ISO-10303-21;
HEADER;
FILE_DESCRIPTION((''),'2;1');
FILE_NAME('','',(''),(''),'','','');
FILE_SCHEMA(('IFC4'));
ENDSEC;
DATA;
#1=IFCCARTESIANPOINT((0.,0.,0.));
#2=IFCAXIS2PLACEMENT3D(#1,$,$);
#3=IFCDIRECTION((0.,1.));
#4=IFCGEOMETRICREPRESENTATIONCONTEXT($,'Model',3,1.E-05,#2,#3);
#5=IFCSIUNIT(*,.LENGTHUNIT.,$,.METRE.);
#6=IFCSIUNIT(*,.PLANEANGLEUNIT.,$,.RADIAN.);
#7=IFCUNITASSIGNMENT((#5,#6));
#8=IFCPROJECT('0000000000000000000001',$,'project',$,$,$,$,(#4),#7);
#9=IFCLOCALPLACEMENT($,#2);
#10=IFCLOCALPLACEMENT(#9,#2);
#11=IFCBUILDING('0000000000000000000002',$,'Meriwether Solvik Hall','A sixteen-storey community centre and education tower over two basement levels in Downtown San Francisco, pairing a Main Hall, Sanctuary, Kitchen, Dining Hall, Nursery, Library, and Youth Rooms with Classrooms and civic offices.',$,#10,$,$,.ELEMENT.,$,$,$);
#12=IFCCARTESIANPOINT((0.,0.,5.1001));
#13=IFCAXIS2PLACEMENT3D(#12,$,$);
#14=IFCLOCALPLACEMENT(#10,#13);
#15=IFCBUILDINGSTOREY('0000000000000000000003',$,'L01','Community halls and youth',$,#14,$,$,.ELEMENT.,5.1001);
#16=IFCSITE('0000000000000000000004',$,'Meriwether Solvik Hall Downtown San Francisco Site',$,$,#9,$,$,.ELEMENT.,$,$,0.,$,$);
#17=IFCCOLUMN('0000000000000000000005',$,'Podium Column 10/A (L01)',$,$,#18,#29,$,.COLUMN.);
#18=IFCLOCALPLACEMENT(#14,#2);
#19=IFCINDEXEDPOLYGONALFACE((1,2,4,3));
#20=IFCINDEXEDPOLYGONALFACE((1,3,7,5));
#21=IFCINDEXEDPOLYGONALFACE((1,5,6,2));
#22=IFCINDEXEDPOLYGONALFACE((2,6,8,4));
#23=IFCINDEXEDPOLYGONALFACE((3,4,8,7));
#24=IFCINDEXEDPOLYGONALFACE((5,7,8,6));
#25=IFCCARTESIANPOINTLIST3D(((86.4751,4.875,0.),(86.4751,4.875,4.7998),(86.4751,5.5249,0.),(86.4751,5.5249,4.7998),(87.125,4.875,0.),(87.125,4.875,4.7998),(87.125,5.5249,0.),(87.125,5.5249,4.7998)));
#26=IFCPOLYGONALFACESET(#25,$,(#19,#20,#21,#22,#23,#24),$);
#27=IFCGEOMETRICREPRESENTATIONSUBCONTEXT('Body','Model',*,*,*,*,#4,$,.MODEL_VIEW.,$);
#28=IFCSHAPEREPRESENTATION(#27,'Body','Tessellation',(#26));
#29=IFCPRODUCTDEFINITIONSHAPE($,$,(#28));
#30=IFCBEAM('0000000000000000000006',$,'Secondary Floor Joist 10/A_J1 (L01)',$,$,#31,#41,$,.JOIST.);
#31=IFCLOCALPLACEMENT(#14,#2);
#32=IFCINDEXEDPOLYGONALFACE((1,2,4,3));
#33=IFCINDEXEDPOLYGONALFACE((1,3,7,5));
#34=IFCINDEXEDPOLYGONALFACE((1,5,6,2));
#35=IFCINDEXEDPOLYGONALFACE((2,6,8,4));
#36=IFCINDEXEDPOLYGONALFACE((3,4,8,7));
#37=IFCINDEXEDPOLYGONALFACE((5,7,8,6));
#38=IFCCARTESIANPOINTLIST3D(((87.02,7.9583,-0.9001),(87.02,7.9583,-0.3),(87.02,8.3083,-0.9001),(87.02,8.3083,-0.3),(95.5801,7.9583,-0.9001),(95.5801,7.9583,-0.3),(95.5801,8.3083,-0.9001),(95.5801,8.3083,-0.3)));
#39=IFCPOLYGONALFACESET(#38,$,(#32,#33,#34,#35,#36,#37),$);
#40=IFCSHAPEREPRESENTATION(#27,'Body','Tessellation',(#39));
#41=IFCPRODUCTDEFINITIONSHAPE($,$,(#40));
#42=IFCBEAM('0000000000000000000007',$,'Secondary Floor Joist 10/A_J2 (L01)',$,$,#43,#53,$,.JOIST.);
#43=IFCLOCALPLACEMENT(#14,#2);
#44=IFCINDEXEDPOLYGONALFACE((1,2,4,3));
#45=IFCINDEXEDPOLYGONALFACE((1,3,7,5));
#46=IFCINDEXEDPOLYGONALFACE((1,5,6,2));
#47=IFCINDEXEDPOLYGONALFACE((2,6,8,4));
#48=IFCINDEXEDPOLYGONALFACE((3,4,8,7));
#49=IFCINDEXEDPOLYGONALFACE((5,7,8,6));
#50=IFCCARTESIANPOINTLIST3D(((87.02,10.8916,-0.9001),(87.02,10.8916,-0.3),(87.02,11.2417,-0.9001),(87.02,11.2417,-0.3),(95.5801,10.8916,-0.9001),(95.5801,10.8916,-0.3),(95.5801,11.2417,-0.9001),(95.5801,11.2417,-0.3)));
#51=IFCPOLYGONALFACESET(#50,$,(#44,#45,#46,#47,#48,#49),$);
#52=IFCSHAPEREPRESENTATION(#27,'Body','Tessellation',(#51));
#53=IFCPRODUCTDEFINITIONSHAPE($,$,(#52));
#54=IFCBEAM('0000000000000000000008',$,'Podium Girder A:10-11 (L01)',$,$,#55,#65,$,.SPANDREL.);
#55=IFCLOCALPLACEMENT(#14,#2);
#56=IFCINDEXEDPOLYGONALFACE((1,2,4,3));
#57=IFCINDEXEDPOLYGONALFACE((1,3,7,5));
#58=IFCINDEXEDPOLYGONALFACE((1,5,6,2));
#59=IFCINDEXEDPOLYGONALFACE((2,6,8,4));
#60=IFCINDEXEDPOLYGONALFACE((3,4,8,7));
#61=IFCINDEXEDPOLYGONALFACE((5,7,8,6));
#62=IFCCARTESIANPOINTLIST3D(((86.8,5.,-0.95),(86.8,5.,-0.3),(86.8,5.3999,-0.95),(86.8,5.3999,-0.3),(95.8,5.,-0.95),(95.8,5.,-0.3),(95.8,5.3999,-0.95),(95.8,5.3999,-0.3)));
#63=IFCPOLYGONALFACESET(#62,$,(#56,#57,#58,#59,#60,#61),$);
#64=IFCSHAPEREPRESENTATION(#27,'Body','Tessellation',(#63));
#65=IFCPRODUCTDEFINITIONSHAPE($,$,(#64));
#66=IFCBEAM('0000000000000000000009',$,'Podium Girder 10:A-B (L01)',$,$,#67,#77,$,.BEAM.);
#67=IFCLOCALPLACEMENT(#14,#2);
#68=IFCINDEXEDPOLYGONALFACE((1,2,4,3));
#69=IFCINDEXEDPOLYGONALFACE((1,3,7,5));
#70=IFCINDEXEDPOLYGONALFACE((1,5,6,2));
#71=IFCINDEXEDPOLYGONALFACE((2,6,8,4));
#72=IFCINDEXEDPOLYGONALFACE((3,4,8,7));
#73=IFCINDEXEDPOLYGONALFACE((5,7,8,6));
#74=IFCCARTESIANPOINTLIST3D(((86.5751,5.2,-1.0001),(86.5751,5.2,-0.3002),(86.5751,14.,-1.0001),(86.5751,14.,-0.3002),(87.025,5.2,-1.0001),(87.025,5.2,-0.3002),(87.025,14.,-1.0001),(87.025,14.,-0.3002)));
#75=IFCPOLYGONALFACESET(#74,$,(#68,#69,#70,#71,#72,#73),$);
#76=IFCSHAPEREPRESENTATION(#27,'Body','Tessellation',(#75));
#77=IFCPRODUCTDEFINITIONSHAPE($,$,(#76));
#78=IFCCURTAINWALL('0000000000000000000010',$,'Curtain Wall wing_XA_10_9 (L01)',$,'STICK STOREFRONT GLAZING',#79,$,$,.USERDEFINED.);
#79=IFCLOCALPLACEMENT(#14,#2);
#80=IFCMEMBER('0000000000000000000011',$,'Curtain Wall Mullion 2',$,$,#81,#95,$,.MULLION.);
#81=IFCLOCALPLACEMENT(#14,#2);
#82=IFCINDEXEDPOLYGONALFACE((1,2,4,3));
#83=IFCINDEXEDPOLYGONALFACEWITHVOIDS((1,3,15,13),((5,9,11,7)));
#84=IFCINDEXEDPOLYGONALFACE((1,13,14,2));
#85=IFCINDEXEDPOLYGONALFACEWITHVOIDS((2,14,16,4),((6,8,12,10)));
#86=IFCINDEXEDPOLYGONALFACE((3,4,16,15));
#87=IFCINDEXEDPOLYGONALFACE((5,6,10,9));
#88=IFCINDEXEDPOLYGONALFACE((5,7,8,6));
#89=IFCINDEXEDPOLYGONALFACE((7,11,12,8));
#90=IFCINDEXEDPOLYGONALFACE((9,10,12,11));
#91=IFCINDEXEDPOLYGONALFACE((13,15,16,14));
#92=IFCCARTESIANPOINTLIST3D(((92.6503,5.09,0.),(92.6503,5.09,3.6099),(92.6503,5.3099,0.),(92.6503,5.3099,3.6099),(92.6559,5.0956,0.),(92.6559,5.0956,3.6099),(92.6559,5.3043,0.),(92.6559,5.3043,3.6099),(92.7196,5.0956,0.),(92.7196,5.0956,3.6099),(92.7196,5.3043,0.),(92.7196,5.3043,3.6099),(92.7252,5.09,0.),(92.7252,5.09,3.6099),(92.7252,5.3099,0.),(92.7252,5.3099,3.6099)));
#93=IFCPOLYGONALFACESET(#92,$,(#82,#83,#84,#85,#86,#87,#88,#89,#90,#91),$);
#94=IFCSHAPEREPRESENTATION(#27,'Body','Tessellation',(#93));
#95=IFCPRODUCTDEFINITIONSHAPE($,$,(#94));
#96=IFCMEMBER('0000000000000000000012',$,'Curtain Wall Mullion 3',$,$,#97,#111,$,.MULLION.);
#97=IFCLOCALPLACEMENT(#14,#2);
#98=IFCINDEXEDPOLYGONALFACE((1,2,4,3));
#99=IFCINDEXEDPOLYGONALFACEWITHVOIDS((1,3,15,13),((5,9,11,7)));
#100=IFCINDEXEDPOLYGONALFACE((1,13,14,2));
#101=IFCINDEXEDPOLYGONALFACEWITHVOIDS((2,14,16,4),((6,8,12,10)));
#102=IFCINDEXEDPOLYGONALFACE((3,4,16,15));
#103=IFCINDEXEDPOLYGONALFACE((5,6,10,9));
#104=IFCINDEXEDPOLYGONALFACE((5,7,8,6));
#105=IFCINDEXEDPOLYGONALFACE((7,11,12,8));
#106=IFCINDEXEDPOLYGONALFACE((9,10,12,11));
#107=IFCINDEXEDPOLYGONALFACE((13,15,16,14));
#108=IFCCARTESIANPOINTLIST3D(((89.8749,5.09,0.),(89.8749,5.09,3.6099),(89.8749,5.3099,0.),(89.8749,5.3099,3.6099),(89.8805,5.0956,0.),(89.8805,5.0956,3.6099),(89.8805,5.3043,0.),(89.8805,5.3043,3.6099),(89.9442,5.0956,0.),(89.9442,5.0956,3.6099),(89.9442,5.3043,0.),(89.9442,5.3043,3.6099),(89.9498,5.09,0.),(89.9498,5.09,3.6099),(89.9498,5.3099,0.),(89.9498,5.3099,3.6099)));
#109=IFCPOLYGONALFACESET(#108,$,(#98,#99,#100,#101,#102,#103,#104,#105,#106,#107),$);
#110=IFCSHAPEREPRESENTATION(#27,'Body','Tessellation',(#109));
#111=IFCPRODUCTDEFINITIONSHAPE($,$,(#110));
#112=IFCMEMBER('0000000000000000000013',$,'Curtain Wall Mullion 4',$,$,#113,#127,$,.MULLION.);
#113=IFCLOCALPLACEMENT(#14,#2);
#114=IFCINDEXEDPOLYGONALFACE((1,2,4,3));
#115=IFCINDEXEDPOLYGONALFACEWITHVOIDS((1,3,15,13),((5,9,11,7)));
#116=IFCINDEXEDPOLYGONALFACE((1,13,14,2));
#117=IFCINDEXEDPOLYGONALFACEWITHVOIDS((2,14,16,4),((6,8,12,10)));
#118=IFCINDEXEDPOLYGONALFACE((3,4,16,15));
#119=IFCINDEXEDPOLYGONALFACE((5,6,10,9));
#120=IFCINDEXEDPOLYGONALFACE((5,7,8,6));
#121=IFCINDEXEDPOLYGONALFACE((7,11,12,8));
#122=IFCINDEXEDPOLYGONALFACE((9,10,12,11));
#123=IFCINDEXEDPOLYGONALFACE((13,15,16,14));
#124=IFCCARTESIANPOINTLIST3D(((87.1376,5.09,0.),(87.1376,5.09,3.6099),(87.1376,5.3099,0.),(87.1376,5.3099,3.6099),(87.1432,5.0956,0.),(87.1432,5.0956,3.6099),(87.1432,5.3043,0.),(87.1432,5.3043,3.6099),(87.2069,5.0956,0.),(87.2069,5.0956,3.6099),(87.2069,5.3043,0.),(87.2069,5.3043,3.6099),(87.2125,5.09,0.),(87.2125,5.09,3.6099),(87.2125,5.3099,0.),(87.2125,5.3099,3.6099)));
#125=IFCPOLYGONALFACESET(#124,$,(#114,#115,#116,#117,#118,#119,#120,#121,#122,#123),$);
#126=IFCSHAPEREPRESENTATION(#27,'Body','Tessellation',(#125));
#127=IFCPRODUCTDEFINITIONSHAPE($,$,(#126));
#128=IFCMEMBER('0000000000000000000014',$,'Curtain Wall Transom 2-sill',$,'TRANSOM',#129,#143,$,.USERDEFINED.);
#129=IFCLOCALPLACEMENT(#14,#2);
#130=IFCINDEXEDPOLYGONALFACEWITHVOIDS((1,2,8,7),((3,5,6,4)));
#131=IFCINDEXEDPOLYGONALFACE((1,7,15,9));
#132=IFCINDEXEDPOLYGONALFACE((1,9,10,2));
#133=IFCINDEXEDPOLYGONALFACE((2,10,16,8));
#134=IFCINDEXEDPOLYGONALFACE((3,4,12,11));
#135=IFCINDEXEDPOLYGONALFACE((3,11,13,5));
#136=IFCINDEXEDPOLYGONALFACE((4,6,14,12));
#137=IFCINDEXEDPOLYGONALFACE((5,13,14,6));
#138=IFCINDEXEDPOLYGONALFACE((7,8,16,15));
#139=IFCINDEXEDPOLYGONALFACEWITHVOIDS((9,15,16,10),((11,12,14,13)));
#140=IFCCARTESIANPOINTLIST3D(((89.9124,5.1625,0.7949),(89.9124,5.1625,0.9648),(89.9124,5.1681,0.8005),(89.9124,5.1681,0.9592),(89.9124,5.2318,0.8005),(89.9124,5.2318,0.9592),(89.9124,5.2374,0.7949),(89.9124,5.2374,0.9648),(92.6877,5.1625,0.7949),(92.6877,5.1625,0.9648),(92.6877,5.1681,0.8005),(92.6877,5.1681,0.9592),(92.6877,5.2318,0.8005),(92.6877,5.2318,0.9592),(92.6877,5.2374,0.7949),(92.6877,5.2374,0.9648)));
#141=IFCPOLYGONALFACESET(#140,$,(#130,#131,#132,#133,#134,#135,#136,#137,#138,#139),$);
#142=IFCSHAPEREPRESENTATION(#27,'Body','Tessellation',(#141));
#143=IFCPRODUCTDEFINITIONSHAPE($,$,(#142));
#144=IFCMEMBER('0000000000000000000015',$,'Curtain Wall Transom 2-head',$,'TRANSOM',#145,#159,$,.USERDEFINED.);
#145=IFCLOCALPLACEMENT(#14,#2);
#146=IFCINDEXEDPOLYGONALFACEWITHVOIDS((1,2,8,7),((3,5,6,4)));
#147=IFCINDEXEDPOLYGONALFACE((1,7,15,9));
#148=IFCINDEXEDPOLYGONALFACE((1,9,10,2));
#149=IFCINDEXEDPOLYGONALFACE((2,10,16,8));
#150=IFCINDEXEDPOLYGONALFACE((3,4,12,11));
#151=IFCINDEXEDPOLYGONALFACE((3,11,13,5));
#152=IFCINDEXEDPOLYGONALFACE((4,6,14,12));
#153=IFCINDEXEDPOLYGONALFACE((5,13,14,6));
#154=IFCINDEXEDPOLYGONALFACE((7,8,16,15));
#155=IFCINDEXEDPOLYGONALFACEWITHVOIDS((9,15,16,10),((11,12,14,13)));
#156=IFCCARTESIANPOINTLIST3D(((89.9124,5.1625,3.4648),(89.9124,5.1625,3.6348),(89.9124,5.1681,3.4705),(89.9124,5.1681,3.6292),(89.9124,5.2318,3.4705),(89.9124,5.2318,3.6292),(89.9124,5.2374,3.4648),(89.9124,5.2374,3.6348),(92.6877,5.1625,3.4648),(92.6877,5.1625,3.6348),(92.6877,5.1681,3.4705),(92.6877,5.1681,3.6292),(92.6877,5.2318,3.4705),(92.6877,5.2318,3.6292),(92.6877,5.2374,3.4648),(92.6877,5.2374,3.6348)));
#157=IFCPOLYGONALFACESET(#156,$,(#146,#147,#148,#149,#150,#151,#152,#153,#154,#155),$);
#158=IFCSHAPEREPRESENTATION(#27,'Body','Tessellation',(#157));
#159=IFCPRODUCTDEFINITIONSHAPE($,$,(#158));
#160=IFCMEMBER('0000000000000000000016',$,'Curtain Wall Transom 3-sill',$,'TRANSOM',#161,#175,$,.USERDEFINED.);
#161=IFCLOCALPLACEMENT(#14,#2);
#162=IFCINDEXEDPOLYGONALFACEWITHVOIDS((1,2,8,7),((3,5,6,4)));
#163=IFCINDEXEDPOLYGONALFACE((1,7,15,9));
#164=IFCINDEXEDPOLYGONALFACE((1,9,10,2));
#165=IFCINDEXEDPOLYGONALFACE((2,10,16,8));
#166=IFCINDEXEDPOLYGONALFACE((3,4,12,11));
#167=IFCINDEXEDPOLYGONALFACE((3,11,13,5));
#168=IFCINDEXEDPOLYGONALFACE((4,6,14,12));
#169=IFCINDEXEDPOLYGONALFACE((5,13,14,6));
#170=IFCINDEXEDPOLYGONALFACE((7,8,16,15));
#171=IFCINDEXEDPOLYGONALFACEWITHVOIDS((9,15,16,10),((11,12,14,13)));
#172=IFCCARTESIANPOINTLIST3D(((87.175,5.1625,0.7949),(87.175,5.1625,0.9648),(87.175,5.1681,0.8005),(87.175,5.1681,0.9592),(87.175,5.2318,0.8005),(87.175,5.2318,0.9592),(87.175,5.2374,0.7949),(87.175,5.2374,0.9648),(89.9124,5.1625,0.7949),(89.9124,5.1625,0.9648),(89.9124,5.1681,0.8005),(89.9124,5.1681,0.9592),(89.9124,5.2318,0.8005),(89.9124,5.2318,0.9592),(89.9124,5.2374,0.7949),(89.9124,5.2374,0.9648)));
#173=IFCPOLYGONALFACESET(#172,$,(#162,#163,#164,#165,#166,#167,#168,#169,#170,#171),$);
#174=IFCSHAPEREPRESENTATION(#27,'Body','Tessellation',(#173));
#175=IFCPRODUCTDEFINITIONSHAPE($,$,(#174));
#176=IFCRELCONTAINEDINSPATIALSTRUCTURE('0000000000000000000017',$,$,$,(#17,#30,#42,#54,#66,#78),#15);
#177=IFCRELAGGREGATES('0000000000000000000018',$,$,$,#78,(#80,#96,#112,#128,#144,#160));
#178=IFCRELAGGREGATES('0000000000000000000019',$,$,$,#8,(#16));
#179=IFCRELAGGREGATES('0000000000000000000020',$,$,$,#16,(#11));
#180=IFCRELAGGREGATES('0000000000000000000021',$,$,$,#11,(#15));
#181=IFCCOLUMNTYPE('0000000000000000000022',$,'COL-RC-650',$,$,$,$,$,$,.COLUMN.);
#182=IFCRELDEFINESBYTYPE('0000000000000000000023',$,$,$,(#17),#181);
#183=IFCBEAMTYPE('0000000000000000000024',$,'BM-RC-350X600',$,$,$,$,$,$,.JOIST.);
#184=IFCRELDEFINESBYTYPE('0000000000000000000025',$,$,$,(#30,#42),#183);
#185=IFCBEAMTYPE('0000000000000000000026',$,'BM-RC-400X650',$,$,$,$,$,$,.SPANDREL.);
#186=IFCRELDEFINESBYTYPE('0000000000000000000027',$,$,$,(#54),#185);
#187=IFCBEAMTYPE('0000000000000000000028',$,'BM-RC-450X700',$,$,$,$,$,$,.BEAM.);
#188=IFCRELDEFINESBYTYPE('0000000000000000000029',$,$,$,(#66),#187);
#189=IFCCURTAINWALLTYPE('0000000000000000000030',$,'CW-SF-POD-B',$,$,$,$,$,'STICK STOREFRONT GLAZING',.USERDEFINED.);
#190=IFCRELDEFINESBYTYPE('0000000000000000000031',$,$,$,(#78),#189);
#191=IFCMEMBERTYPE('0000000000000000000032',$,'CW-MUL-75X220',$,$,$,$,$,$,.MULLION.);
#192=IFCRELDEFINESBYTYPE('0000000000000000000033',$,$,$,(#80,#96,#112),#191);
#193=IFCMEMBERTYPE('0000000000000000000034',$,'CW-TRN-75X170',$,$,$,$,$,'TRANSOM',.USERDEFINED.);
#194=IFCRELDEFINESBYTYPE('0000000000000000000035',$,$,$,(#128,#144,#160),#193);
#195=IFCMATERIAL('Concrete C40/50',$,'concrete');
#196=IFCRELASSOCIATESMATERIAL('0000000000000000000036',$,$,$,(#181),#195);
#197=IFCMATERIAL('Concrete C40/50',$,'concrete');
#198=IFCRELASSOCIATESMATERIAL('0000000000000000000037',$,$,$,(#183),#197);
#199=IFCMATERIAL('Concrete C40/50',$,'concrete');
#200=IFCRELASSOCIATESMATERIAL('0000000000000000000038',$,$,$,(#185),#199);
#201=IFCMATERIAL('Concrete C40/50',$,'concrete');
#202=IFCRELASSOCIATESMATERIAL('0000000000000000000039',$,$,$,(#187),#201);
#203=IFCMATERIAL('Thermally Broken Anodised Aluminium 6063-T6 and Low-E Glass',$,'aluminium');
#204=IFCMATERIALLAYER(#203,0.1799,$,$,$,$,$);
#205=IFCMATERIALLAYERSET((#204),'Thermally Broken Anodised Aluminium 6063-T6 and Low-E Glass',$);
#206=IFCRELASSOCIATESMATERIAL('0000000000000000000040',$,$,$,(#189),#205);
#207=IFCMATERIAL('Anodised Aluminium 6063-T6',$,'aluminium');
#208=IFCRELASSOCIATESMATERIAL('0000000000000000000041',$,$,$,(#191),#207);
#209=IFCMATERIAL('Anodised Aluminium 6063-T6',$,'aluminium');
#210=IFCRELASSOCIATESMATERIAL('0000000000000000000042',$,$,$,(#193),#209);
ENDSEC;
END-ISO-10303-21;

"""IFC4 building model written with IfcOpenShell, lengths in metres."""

from ifc_helpers import new_model, si_unit, direction, frame, origin, origin_2d, place, context, subcontext, project, spatial, rectangle, hollow_rectangle, extrude, material, layer, layer_set, material_profile, profile_set, type_object, element, aggregate, save


model = new_model("IFC4")

# Units and contexts
model_context = context("Model", 3, precision=1e-05, world=origin(), true_north=direction((0.0, 1.0)))
body_context = subcontext(model_context, "Body", "Model", "MODEL_VIEW")
ifc_project = project(units=[si_unit("LENGTHUNIT", "METRE"), si_unit("PLANEANGLEUNIT", "RADIAN")], contexts=[model_context])

# Site, building, storey
site_placement = place(None, origin())
site = spatial("IfcSite", under=ifc_project, at=site_placement, Name="Meriwether Solvik Hall Downtown San Francisco Site", CompositionType="ELEMENT", RefElevation=0.0)
building_placement = place(site_placement, origin())
building = spatial("IfcBuilding", under=site, at=building_placement, Name="Meriwether Solvik Hall", Description="A sixteen-storey community centre and education tower over two basement levels in Downtown San Francisco, pairing a Main Hall, Sanctuary, Kitchen, Dining Hall, Nursery, Library, and Youth Rooms with Classrooms and civic offices.", CompositionType="ELEMENT")
storey_placement = place(building_placement, frame((0.0, 0.0, 5.1001)))
storey = spatial("IfcBuildingStorey", under=building, at=storey_placement, Name="L01", Description="Community halls and youth", CompositionType="ELEMENT", Elevation=5.1001)

# Column
ifc_material_1 = material(Name="Concrete C40/50", Category="concrete")
ifc_material_profile_1 = material_profile(ifc_material_1, rectangle(XDim=0.6499, YDim=0.6499, at=origin_2d()), Name="RCC-650X650")
ifc_profile_set_1 = profile_set([ifc_material_profile_1], Name="Concrete C40/50")
column_type = type_object("IfcColumnType", Name="COL-RC-650", PredefinedType="COLUMN", material=ifc_profile_set_1)
column_placement = place(storey_placement, frame((86.8, 5.2, 0.0), z_axis=(0.0, 0.0, 1.0), x_axis=(1.0, 0.0, 0.0)))
element("IfcColumn", 1, at=column_placement, inside=storey, type_object=column_type, Name="Podium Column 10/A (L01)", PredefinedType="COLUMN", context=body_context, shape_type="SweptSolid", body=[
    extrude(rectangle(XDim=0.6499, YDim=0.6499, at=origin_2d()), origin(), (0.0, 0.0, 1.0), 4.7998),
])

# Beams
ifc_material_2 = material(Name="Concrete C40/50", Category="concrete")
ifc_material_profile_2 = material_profile(ifc_material_2, rectangle(XDim=0.3501, YDim=0.6001, at=origin_2d()), Name="RCB-350X600")
ifc_profile_set_2 = profile_set([ifc_material_profile_2], Name="Concrete C40/50")
beam_type_1 = type_object("IfcBeamType", Name="BM-RC-350X600", PredefinedType="JOIST", material=ifc_profile_set_2)
for number, where, z_axis, x_axis, name in (
    (2, (87.02, 8.1333, -0.6001), (1.0, 0.0, 0.0), (0.0, 1.0, 0.0), "Secondary Floor Joist 10/A_J1 (L01)"),
    (3, (87.02, 11.0667, -0.6001), (1.0, 0.0, 0.0), (0.0, 1.0, 0.0), "Secondary Floor Joist 10/A_J2 (L01)"),
):
    element("IfcBeam", number, at=place(storey_placement, frame(where, z_axis=z_axis, x_axis=x_axis)), inside=storey, type_object=beam_type_1, Name=name, PredefinedType="JOIST", context=body_context, shape_type="SweptSolid", body=[
        extrude(rectangle(XDim=0.3501, YDim=0.6001, at=origin_2d()), origin(), (0.0, 0.0, 1.0), 8.5601),
    ])
ifc_material_3 = material(Name="Concrete C40/50", Category="concrete")
ifc_material_profile_3 = material_profile(ifc_material_3, rectangle(XDim=0.3999, YDim=0.6499, at=origin_2d()), Name="RCB-400X650")
ifc_profile_set_3 = profile_set([ifc_material_profile_3], Name="Concrete C40/50")
beam_type_2 = type_object("IfcBeamType", Name="BM-RC-400X650", PredefinedType="SPANDREL", material=ifc_profile_set_3)
beam_1_placement = place(storey_placement, frame((86.8, 5.2, -0.625), z_axis=(1.0, 0.0, 0.0), x_axis=(0.0, 1.0, 0.0)))
element("IfcBeam", 4, at=beam_1_placement, inside=storey, type_object=beam_type_2, Name="Podium Girder A:10-11 (L01)", PredefinedType="SPANDREL", context=body_context, shape_type="SweptSolid", body=[
    extrude(rectangle(XDim=0.3999, YDim=0.6499, at=origin_2d()), origin(), (0.0, 0.0, 1.0), 9.0),
])
ifc_material_4 = material(Name="Concrete C40/50", Category="concrete")
ifc_material_profile_4 = material_profile(ifc_material_4, rectangle(XDim=0.45, YDim=0.7, at=origin_2d()), Name="RCB-450X700")
ifc_profile_set_4 = profile_set([ifc_material_profile_4], Name="Concrete C40/50")
beam_type_3 = type_object("IfcBeamType", Name="BM-RC-450X700", PredefinedType="BEAM", material=ifc_profile_set_4)
beam_2_placement = place(storey_placement, frame((86.8, 5.2, -0.6501), z_axis=(0.0, 1.0, 0.0), x_axis=(-1.0, 0.0, 0.0)))
element("IfcBeam", 5, at=beam_2_placement, inside=storey, type_object=beam_type_3, Name="Podium Girder 10:A-B (L01)", PredefinedType="BEAM", context=body_context, shape_type="SweptSolid", body=[
    extrude(rectangle(XDim=0.45, YDim=0.7, at=origin_2d()), origin(), (0.0, 0.0, 1.0), 8.8),
])

# Curtain wall, members
ifc_material_5 = material(Name="Thermally Broken Anodised Aluminium 6063-T6 and Low-E Glass", Category="aluminium")
ifc_layer_1 = layer(ifc_material_5, 0.1799)
ifc_layer_set_1 = layer_set([ifc_layer_1], Name="Thermally Broken Anodised Aluminium 6063-T6 and Low-E Glass")
curtain_wall_type = type_object("IfcCurtainWallType", Name="CW-SF-POD-B", ElementType="STICK STOREFRONT GLAZING", PredefinedType="USERDEFINED", material=ifc_layer_set_1)
curtain_wall_placement = place(storey_placement, origin())
curtain_wall = element("IfcCurtainWall", 6, at=curtain_wall_placement, inside=storey, type_object=curtain_wall_type, Name="Curtain Wall wing_XA_10_9 (L01)", ObjectType="STICK STOREFRONT GLAZING", PredefinedType="USERDEFINED")
ifc_material_6 = material(Name="Anodised Aluminium 6063-T6", Category="aluminium")
ifc_material_profile_5 = material_profile(ifc_material_6, hollow_rectangle(XDim=0.075, YDim=0.22, WallThickness=0.0056, at=origin_2d()), Name="CWM-75X220")
ifc_profile_set_5 = profile_set([ifc_material_profile_5], Name="Anodised Aluminium 6063-T6")
member_type_1 = type_object("IfcMemberType", Name="CW-MUL-75X220", PredefinedType="MULLION", material=ifc_profile_set_5)
member_1_placement = place(storey_placement, frame((92.6877, 5.2, 0.0), z_axis=(0.0, 0.0, 1.0), x_axis=(-1.0, 0.0, 0.0)))
member_1 = element("IfcMember", 7, at=member_1_placement, type_object=member_type_1, Name="Curtain Wall Mullion 2", PredefinedType="MULLION", context=body_context, shape_type="SweptSolid", body=[
    extrude(hollow_rectangle(XDim=0.075, YDim=0.22, WallThickness=0.0056, at=origin_2d()), origin(), (0.0, 0.0, 1.0), 3.6099),
])
member_2_placement = place(storey_placement, frame((89.9124, 5.2, 0.0), z_axis=(0.0, 0.0, 1.0), x_axis=(-1.0, 0.0, 0.0)))
member_2 = element("IfcMember", 8, at=member_2_placement, type_object=member_type_1, Name="Curtain Wall Mullion 3", PredefinedType="MULLION", context=body_context, shape_type="SweptSolid", body=[
    extrude(hollow_rectangle(XDim=0.075, YDim=0.22, WallThickness=0.0056, at=origin_2d()), origin(), (0.0, 0.0, 1.0), 3.6099),
])
member_3_placement = place(storey_placement, frame((87.175, 5.2, 0.0), z_axis=(0.0, 0.0, 1.0), x_axis=(-1.0, 0.0, 0.0)))
member_3 = element("IfcMember", 9, at=member_3_placement, type_object=member_type_1, Name="Curtain Wall Mullion 4", PredefinedType="MULLION", context=body_context, shape_type="SweptSolid", body=[
    extrude(hollow_rectangle(XDim=0.075, YDim=0.22, WallThickness=0.0056, at=origin_2d()), origin(), (0.0, 0.0, 1.0), 3.6099),
])
ifc_material_7 = material(Name="Anodised Aluminium 6063-T6", Category="aluminium")
ifc_material_profile_6 = material_profile(ifc_material_7, hollow_rectangle(XDim=0.075, YDim=0.1699, WallThickness=0.0056, at=origin_2d()), Name="CWT-75X170")
ifc_profile_set_6 = profile_set([ifc_material_profile_6], Name="Anodised Aluminium 6063-T6")
member_type_2 = type_object("IfcMemberType", Name="CW-TRN-75X170", ElementType="TRANSOM", PredefinedType="USERDEFINED", material=ifc_profile_set_6)
member_4_placement = place(storey_placement, frame((92.6877, 5.2, 0.8799), z_axis=(-1.0, 0.0, 0.0), x_axis=(0.0, -1.0, 0.0)))
member_4 = element("IfcMember", 10, at=member_4_placement, type_object=member_type_2, Name="Curtain Wall Transom 2-sill", ObjectType="TRANSOM", PredefinedType="USERDEFINED", context=body_context, shape_type="SweptSolid", body=[
    extrude(hollow_rectangle(XDim=0.075, YDim=0.1699, WallThickness=0.0056, at=origin_2d()), origin(), (0.0, 0.0, 1.0), 2.7754),
])
member_5_placement = place(storey_placement, frame((92.6877, 5.2, 3.5498), z_axis=(-1.0, 0.0, 0.0), x_axis=(0.0, -1.0, 0.0)))
member_5 = element("IfcMember", 11, at=member_5_placement, type_object=member_type_2, Name="Curtain Wall Transom 2-head", ObjectType="TRANSOM", PredefinedType="USERDEFINED", context=body_context, shape_type="SweptSolid", body=[
    extrude(hollow_rectangle(XDim=0.075, YDim=0.1699, WallThickness=0.0056, at=origin_2d()), origin(), (0.0, 0.0, 1.0), 2.7754),
])
member_6_placement = place(storey_placement, frame((89.9124, 5.2, 0.8799), z_axis=(-1.0, 0.0, 0.0), x_axis=(0.0, -1.0, 0.0)))
member_6 = element("IfcMember", 12, at=member_6_placement, type_object=member_type_2, Name="Curtain Wall Transom 3-sill", ObjectType="TRANSOM", PredefinedType="USERDEFINED", context=body_context, shape_type="SweptSolid", body=[
    extrude(hollow_rectangle(XDim=0.075, YDim=0.1699, WallThickness=0.0056, at=origin_2d()), origin(), (0.0, 0.0, 1.0), 2.7373),
])
aggregate(curtain_wall, [member_1, member_2, member_3, member_4, member_5, member_6])

save(model, "model.ifc")
